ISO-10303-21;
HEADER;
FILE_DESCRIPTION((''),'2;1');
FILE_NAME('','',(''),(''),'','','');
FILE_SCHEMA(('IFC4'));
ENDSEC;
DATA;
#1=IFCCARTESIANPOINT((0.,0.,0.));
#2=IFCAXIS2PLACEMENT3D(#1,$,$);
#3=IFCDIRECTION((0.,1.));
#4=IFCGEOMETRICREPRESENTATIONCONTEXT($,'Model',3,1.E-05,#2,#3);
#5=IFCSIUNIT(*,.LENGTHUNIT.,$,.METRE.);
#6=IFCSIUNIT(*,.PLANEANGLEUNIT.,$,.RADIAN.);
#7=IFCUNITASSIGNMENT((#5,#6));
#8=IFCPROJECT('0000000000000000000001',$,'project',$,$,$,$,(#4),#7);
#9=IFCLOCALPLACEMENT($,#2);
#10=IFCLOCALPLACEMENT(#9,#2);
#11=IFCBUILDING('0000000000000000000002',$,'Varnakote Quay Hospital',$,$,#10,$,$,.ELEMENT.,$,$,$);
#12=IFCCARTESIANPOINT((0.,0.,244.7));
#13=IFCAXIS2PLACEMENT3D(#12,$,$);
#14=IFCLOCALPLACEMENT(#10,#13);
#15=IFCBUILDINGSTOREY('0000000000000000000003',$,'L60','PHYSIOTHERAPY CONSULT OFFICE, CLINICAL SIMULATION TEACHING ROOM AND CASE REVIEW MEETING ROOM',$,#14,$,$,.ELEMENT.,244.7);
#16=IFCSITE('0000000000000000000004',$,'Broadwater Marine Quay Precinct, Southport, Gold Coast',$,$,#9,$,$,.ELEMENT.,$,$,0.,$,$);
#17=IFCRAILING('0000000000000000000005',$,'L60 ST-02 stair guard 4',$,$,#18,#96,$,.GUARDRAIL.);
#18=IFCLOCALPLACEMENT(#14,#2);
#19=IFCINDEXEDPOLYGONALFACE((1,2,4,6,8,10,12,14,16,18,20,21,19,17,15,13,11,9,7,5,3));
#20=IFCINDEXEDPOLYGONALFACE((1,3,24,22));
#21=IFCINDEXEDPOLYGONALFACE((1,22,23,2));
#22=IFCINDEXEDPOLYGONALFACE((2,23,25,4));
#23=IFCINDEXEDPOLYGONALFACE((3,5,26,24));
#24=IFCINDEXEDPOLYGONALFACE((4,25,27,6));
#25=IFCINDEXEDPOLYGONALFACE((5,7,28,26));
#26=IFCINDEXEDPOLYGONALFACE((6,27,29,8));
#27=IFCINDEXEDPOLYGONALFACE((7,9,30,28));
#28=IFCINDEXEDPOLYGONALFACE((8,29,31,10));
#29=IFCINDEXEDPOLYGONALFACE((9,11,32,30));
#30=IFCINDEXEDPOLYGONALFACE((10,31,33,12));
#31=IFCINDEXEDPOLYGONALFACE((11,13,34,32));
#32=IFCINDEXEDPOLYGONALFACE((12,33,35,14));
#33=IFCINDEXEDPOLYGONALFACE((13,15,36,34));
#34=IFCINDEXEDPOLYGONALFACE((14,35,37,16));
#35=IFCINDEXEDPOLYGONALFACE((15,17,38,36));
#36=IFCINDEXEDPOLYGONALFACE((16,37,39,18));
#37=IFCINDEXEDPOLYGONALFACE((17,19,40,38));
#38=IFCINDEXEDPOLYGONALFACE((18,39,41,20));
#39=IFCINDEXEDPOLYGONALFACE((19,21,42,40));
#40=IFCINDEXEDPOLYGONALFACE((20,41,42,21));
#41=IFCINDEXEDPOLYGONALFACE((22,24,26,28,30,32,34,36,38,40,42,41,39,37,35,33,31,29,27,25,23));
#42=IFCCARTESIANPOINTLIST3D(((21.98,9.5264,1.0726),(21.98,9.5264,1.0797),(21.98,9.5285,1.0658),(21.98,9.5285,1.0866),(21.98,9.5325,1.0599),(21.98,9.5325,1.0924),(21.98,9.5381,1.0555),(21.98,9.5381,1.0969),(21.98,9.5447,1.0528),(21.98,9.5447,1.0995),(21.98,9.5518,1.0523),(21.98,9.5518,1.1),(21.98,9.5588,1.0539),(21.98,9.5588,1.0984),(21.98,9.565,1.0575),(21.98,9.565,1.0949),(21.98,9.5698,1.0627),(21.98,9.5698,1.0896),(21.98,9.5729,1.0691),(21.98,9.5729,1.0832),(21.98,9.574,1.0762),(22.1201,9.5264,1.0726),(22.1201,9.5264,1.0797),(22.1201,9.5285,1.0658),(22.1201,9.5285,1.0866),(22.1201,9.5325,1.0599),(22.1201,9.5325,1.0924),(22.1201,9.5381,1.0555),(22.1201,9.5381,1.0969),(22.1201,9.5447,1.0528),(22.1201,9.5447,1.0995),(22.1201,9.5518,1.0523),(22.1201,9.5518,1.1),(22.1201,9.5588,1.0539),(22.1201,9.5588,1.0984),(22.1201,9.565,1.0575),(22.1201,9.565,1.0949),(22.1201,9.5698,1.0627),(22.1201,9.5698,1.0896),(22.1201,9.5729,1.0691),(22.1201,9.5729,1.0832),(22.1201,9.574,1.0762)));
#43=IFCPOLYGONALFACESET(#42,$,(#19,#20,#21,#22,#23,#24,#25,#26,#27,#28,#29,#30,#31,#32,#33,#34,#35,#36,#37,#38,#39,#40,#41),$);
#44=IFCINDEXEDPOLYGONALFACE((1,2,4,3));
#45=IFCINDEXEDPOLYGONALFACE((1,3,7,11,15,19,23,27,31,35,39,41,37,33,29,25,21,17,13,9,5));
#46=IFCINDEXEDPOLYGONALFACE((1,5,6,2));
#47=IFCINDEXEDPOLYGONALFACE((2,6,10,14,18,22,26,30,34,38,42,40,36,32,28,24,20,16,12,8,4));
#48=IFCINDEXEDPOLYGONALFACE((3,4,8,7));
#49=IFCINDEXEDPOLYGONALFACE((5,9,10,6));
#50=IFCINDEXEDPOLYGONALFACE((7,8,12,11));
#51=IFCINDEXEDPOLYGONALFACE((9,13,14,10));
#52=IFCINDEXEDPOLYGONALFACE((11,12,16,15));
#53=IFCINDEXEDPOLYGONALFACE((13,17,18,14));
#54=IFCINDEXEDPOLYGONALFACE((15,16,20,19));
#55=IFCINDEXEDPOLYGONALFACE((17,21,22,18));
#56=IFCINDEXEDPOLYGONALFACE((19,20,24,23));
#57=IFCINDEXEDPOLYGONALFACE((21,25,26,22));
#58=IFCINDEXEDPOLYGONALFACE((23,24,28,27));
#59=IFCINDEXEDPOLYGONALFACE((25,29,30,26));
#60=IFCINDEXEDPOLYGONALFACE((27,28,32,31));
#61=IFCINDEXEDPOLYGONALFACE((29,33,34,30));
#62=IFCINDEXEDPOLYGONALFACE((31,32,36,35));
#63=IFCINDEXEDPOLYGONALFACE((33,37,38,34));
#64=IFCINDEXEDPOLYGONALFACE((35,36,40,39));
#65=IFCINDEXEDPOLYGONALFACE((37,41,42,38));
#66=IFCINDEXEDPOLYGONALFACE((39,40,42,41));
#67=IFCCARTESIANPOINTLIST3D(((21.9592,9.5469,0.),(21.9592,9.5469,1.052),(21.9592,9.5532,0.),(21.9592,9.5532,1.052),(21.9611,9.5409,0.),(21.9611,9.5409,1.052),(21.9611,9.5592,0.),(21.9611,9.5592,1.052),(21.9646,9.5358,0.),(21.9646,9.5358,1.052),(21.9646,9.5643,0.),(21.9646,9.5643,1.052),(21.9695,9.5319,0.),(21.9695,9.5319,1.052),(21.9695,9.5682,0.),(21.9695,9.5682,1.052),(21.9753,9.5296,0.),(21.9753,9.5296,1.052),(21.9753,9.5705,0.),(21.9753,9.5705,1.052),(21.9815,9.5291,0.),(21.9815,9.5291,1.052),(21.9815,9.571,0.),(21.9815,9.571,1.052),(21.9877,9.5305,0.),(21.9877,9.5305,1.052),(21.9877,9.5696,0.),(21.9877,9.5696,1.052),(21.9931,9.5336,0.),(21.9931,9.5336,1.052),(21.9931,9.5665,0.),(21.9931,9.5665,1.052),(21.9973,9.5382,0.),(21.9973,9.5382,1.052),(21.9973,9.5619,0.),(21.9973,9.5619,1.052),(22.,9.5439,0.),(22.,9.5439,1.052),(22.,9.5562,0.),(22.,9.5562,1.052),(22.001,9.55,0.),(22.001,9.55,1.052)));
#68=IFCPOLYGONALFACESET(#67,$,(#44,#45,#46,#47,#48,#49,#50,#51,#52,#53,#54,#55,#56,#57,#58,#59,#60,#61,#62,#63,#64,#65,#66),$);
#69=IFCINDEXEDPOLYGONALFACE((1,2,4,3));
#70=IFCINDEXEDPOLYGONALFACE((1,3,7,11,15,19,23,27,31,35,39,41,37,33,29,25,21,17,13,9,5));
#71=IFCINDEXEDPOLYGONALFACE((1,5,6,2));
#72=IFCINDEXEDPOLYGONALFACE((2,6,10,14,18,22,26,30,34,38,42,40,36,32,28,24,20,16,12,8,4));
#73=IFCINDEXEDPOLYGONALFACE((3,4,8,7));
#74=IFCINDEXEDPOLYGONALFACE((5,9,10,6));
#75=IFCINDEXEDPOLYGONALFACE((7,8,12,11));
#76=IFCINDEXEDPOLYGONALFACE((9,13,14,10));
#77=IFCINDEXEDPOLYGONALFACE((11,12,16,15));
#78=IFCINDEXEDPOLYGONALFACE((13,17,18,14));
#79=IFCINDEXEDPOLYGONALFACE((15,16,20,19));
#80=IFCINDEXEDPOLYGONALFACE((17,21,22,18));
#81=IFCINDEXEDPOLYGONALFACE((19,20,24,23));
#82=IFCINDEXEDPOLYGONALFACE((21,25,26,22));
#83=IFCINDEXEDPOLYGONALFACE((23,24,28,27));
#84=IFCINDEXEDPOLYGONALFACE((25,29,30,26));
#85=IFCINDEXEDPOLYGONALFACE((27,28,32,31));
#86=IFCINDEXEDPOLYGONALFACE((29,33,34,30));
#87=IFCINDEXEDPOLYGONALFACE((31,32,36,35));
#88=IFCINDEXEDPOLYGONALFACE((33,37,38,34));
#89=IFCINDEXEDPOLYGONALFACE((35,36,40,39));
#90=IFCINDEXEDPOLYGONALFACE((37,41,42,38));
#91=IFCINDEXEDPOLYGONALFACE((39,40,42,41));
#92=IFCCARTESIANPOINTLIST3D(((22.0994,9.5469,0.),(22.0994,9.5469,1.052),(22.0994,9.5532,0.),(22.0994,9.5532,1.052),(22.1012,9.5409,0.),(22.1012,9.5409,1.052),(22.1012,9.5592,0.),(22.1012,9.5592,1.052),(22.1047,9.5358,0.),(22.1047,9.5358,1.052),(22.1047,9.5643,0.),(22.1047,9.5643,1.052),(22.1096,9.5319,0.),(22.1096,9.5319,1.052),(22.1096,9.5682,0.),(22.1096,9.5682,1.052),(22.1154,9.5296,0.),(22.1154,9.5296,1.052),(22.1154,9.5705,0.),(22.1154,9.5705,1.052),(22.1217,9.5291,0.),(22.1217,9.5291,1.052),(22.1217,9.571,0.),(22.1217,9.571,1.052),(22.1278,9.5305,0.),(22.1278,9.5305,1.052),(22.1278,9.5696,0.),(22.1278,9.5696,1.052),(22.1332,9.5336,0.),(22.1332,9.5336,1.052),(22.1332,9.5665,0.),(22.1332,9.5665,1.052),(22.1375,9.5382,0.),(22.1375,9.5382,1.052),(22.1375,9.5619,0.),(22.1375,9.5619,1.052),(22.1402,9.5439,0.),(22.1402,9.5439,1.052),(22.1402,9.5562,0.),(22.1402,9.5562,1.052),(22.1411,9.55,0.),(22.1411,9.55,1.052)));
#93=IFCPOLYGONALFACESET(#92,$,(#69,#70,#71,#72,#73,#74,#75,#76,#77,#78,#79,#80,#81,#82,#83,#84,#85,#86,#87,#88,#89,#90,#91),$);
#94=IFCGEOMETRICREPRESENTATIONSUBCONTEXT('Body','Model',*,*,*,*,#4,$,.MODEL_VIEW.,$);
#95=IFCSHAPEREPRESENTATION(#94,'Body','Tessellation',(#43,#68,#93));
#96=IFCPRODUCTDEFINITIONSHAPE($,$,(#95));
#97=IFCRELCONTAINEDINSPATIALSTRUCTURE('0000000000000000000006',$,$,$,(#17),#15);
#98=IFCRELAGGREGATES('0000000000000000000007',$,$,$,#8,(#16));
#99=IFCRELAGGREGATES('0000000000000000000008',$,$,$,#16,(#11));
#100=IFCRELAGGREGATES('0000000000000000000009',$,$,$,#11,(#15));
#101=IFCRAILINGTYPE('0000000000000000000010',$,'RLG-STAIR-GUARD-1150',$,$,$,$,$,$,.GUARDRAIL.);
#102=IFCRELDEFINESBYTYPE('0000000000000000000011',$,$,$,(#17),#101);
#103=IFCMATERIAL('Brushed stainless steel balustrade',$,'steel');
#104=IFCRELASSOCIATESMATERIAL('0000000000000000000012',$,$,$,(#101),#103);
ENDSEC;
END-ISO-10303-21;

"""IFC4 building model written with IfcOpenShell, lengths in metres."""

from ifc_helpers import new_model, si_unit, direction, frame, origin, origin_2d, place, context, subcontext, project, spatial, circle, extrude, material, type_object, element, save


model = new_model("IFC4")

# Units and contexts
model_context = context("Model", 3, precision=1e-05, world=origin(), true_north=direction((0.0, 1.0)))
body_context = subcontext(model_context, "Body", "Model", "MODEL_VIEW")
ifc_project = project(units=[si_unit("LENGTHUNIT", "METRE"), si_unit("PLANEANGLEUNIT", "RADIAN")], contexts=[model_context])

# Site, building, storey
site_placement = place(None, origin())
site = spatial("IfcSite", under=ifc_project, at=site_placement, Name="Broadwater Marine Quay Precinct, Southport, Gold Coast", CompositionType="ELEMENT", RefElevation=0.0)
building_placement = place(site_placement, origin())
building = spatial("IfcBuilding", under=site, at=building_placement, Name="Varnakote Quay Hospital", CompositionType="ELEMENT")
storey_placement = place(building_placement, frame((0.0, 0.0, 244.7)))
storey = spatial("IfcBuildingStorey", under=building, at=storey_placement, Name="L60", Description="PHYSIOTHERAPY CONSULT OFFICE, CLINICAL SIMULATION TEACHING ROOM AND CASE REVIEW MEETING ROOM", CompositionType="ELEMENT", Elevation=244.7)

# Railing
ifc_material_1 = material(Name="Brushed stainless steel balustrade", Category="steel")
railing_type_1 = type_object("IfcRailingType", Name="RLG-STAIR-GUARD-1150", PredefinedType="GUARDRAIL", material=ifc_material_1)
railing_1_placement = place(storey_placement, frame((21.98, 9.55, 0.0)))
element("IfcRailing", 1, at=railing_1_placement, inside=storey, type_object=railing_type_1, Name="L60 ST-02 stair guard 4", PredefinedType="GUARDRAIL", context=body_context, shape_type="SweptSolid", body=[
    extrude(circle(Radius=0.0239, at=origin_2d()), frame((0.0, 0.0, 1.0762), z_axis=(1.0, 0.0, 0.0), x_axis=(0.0, 1.0, 0.0)), (0.0, 0.0, 1.0), 0.1401),
    extrude(circle(Radius=0.021, at=origin_2d()), origin(), (0.0, 0.0, 1.0), 1.052),
    extrude(circle(Radius=0.021, at=origin_2d()), frame((0.1401, 0.0, 0.0)), (0.0, 0.0, 1.0), 1.052),
])

save(model, "model.ifc")
